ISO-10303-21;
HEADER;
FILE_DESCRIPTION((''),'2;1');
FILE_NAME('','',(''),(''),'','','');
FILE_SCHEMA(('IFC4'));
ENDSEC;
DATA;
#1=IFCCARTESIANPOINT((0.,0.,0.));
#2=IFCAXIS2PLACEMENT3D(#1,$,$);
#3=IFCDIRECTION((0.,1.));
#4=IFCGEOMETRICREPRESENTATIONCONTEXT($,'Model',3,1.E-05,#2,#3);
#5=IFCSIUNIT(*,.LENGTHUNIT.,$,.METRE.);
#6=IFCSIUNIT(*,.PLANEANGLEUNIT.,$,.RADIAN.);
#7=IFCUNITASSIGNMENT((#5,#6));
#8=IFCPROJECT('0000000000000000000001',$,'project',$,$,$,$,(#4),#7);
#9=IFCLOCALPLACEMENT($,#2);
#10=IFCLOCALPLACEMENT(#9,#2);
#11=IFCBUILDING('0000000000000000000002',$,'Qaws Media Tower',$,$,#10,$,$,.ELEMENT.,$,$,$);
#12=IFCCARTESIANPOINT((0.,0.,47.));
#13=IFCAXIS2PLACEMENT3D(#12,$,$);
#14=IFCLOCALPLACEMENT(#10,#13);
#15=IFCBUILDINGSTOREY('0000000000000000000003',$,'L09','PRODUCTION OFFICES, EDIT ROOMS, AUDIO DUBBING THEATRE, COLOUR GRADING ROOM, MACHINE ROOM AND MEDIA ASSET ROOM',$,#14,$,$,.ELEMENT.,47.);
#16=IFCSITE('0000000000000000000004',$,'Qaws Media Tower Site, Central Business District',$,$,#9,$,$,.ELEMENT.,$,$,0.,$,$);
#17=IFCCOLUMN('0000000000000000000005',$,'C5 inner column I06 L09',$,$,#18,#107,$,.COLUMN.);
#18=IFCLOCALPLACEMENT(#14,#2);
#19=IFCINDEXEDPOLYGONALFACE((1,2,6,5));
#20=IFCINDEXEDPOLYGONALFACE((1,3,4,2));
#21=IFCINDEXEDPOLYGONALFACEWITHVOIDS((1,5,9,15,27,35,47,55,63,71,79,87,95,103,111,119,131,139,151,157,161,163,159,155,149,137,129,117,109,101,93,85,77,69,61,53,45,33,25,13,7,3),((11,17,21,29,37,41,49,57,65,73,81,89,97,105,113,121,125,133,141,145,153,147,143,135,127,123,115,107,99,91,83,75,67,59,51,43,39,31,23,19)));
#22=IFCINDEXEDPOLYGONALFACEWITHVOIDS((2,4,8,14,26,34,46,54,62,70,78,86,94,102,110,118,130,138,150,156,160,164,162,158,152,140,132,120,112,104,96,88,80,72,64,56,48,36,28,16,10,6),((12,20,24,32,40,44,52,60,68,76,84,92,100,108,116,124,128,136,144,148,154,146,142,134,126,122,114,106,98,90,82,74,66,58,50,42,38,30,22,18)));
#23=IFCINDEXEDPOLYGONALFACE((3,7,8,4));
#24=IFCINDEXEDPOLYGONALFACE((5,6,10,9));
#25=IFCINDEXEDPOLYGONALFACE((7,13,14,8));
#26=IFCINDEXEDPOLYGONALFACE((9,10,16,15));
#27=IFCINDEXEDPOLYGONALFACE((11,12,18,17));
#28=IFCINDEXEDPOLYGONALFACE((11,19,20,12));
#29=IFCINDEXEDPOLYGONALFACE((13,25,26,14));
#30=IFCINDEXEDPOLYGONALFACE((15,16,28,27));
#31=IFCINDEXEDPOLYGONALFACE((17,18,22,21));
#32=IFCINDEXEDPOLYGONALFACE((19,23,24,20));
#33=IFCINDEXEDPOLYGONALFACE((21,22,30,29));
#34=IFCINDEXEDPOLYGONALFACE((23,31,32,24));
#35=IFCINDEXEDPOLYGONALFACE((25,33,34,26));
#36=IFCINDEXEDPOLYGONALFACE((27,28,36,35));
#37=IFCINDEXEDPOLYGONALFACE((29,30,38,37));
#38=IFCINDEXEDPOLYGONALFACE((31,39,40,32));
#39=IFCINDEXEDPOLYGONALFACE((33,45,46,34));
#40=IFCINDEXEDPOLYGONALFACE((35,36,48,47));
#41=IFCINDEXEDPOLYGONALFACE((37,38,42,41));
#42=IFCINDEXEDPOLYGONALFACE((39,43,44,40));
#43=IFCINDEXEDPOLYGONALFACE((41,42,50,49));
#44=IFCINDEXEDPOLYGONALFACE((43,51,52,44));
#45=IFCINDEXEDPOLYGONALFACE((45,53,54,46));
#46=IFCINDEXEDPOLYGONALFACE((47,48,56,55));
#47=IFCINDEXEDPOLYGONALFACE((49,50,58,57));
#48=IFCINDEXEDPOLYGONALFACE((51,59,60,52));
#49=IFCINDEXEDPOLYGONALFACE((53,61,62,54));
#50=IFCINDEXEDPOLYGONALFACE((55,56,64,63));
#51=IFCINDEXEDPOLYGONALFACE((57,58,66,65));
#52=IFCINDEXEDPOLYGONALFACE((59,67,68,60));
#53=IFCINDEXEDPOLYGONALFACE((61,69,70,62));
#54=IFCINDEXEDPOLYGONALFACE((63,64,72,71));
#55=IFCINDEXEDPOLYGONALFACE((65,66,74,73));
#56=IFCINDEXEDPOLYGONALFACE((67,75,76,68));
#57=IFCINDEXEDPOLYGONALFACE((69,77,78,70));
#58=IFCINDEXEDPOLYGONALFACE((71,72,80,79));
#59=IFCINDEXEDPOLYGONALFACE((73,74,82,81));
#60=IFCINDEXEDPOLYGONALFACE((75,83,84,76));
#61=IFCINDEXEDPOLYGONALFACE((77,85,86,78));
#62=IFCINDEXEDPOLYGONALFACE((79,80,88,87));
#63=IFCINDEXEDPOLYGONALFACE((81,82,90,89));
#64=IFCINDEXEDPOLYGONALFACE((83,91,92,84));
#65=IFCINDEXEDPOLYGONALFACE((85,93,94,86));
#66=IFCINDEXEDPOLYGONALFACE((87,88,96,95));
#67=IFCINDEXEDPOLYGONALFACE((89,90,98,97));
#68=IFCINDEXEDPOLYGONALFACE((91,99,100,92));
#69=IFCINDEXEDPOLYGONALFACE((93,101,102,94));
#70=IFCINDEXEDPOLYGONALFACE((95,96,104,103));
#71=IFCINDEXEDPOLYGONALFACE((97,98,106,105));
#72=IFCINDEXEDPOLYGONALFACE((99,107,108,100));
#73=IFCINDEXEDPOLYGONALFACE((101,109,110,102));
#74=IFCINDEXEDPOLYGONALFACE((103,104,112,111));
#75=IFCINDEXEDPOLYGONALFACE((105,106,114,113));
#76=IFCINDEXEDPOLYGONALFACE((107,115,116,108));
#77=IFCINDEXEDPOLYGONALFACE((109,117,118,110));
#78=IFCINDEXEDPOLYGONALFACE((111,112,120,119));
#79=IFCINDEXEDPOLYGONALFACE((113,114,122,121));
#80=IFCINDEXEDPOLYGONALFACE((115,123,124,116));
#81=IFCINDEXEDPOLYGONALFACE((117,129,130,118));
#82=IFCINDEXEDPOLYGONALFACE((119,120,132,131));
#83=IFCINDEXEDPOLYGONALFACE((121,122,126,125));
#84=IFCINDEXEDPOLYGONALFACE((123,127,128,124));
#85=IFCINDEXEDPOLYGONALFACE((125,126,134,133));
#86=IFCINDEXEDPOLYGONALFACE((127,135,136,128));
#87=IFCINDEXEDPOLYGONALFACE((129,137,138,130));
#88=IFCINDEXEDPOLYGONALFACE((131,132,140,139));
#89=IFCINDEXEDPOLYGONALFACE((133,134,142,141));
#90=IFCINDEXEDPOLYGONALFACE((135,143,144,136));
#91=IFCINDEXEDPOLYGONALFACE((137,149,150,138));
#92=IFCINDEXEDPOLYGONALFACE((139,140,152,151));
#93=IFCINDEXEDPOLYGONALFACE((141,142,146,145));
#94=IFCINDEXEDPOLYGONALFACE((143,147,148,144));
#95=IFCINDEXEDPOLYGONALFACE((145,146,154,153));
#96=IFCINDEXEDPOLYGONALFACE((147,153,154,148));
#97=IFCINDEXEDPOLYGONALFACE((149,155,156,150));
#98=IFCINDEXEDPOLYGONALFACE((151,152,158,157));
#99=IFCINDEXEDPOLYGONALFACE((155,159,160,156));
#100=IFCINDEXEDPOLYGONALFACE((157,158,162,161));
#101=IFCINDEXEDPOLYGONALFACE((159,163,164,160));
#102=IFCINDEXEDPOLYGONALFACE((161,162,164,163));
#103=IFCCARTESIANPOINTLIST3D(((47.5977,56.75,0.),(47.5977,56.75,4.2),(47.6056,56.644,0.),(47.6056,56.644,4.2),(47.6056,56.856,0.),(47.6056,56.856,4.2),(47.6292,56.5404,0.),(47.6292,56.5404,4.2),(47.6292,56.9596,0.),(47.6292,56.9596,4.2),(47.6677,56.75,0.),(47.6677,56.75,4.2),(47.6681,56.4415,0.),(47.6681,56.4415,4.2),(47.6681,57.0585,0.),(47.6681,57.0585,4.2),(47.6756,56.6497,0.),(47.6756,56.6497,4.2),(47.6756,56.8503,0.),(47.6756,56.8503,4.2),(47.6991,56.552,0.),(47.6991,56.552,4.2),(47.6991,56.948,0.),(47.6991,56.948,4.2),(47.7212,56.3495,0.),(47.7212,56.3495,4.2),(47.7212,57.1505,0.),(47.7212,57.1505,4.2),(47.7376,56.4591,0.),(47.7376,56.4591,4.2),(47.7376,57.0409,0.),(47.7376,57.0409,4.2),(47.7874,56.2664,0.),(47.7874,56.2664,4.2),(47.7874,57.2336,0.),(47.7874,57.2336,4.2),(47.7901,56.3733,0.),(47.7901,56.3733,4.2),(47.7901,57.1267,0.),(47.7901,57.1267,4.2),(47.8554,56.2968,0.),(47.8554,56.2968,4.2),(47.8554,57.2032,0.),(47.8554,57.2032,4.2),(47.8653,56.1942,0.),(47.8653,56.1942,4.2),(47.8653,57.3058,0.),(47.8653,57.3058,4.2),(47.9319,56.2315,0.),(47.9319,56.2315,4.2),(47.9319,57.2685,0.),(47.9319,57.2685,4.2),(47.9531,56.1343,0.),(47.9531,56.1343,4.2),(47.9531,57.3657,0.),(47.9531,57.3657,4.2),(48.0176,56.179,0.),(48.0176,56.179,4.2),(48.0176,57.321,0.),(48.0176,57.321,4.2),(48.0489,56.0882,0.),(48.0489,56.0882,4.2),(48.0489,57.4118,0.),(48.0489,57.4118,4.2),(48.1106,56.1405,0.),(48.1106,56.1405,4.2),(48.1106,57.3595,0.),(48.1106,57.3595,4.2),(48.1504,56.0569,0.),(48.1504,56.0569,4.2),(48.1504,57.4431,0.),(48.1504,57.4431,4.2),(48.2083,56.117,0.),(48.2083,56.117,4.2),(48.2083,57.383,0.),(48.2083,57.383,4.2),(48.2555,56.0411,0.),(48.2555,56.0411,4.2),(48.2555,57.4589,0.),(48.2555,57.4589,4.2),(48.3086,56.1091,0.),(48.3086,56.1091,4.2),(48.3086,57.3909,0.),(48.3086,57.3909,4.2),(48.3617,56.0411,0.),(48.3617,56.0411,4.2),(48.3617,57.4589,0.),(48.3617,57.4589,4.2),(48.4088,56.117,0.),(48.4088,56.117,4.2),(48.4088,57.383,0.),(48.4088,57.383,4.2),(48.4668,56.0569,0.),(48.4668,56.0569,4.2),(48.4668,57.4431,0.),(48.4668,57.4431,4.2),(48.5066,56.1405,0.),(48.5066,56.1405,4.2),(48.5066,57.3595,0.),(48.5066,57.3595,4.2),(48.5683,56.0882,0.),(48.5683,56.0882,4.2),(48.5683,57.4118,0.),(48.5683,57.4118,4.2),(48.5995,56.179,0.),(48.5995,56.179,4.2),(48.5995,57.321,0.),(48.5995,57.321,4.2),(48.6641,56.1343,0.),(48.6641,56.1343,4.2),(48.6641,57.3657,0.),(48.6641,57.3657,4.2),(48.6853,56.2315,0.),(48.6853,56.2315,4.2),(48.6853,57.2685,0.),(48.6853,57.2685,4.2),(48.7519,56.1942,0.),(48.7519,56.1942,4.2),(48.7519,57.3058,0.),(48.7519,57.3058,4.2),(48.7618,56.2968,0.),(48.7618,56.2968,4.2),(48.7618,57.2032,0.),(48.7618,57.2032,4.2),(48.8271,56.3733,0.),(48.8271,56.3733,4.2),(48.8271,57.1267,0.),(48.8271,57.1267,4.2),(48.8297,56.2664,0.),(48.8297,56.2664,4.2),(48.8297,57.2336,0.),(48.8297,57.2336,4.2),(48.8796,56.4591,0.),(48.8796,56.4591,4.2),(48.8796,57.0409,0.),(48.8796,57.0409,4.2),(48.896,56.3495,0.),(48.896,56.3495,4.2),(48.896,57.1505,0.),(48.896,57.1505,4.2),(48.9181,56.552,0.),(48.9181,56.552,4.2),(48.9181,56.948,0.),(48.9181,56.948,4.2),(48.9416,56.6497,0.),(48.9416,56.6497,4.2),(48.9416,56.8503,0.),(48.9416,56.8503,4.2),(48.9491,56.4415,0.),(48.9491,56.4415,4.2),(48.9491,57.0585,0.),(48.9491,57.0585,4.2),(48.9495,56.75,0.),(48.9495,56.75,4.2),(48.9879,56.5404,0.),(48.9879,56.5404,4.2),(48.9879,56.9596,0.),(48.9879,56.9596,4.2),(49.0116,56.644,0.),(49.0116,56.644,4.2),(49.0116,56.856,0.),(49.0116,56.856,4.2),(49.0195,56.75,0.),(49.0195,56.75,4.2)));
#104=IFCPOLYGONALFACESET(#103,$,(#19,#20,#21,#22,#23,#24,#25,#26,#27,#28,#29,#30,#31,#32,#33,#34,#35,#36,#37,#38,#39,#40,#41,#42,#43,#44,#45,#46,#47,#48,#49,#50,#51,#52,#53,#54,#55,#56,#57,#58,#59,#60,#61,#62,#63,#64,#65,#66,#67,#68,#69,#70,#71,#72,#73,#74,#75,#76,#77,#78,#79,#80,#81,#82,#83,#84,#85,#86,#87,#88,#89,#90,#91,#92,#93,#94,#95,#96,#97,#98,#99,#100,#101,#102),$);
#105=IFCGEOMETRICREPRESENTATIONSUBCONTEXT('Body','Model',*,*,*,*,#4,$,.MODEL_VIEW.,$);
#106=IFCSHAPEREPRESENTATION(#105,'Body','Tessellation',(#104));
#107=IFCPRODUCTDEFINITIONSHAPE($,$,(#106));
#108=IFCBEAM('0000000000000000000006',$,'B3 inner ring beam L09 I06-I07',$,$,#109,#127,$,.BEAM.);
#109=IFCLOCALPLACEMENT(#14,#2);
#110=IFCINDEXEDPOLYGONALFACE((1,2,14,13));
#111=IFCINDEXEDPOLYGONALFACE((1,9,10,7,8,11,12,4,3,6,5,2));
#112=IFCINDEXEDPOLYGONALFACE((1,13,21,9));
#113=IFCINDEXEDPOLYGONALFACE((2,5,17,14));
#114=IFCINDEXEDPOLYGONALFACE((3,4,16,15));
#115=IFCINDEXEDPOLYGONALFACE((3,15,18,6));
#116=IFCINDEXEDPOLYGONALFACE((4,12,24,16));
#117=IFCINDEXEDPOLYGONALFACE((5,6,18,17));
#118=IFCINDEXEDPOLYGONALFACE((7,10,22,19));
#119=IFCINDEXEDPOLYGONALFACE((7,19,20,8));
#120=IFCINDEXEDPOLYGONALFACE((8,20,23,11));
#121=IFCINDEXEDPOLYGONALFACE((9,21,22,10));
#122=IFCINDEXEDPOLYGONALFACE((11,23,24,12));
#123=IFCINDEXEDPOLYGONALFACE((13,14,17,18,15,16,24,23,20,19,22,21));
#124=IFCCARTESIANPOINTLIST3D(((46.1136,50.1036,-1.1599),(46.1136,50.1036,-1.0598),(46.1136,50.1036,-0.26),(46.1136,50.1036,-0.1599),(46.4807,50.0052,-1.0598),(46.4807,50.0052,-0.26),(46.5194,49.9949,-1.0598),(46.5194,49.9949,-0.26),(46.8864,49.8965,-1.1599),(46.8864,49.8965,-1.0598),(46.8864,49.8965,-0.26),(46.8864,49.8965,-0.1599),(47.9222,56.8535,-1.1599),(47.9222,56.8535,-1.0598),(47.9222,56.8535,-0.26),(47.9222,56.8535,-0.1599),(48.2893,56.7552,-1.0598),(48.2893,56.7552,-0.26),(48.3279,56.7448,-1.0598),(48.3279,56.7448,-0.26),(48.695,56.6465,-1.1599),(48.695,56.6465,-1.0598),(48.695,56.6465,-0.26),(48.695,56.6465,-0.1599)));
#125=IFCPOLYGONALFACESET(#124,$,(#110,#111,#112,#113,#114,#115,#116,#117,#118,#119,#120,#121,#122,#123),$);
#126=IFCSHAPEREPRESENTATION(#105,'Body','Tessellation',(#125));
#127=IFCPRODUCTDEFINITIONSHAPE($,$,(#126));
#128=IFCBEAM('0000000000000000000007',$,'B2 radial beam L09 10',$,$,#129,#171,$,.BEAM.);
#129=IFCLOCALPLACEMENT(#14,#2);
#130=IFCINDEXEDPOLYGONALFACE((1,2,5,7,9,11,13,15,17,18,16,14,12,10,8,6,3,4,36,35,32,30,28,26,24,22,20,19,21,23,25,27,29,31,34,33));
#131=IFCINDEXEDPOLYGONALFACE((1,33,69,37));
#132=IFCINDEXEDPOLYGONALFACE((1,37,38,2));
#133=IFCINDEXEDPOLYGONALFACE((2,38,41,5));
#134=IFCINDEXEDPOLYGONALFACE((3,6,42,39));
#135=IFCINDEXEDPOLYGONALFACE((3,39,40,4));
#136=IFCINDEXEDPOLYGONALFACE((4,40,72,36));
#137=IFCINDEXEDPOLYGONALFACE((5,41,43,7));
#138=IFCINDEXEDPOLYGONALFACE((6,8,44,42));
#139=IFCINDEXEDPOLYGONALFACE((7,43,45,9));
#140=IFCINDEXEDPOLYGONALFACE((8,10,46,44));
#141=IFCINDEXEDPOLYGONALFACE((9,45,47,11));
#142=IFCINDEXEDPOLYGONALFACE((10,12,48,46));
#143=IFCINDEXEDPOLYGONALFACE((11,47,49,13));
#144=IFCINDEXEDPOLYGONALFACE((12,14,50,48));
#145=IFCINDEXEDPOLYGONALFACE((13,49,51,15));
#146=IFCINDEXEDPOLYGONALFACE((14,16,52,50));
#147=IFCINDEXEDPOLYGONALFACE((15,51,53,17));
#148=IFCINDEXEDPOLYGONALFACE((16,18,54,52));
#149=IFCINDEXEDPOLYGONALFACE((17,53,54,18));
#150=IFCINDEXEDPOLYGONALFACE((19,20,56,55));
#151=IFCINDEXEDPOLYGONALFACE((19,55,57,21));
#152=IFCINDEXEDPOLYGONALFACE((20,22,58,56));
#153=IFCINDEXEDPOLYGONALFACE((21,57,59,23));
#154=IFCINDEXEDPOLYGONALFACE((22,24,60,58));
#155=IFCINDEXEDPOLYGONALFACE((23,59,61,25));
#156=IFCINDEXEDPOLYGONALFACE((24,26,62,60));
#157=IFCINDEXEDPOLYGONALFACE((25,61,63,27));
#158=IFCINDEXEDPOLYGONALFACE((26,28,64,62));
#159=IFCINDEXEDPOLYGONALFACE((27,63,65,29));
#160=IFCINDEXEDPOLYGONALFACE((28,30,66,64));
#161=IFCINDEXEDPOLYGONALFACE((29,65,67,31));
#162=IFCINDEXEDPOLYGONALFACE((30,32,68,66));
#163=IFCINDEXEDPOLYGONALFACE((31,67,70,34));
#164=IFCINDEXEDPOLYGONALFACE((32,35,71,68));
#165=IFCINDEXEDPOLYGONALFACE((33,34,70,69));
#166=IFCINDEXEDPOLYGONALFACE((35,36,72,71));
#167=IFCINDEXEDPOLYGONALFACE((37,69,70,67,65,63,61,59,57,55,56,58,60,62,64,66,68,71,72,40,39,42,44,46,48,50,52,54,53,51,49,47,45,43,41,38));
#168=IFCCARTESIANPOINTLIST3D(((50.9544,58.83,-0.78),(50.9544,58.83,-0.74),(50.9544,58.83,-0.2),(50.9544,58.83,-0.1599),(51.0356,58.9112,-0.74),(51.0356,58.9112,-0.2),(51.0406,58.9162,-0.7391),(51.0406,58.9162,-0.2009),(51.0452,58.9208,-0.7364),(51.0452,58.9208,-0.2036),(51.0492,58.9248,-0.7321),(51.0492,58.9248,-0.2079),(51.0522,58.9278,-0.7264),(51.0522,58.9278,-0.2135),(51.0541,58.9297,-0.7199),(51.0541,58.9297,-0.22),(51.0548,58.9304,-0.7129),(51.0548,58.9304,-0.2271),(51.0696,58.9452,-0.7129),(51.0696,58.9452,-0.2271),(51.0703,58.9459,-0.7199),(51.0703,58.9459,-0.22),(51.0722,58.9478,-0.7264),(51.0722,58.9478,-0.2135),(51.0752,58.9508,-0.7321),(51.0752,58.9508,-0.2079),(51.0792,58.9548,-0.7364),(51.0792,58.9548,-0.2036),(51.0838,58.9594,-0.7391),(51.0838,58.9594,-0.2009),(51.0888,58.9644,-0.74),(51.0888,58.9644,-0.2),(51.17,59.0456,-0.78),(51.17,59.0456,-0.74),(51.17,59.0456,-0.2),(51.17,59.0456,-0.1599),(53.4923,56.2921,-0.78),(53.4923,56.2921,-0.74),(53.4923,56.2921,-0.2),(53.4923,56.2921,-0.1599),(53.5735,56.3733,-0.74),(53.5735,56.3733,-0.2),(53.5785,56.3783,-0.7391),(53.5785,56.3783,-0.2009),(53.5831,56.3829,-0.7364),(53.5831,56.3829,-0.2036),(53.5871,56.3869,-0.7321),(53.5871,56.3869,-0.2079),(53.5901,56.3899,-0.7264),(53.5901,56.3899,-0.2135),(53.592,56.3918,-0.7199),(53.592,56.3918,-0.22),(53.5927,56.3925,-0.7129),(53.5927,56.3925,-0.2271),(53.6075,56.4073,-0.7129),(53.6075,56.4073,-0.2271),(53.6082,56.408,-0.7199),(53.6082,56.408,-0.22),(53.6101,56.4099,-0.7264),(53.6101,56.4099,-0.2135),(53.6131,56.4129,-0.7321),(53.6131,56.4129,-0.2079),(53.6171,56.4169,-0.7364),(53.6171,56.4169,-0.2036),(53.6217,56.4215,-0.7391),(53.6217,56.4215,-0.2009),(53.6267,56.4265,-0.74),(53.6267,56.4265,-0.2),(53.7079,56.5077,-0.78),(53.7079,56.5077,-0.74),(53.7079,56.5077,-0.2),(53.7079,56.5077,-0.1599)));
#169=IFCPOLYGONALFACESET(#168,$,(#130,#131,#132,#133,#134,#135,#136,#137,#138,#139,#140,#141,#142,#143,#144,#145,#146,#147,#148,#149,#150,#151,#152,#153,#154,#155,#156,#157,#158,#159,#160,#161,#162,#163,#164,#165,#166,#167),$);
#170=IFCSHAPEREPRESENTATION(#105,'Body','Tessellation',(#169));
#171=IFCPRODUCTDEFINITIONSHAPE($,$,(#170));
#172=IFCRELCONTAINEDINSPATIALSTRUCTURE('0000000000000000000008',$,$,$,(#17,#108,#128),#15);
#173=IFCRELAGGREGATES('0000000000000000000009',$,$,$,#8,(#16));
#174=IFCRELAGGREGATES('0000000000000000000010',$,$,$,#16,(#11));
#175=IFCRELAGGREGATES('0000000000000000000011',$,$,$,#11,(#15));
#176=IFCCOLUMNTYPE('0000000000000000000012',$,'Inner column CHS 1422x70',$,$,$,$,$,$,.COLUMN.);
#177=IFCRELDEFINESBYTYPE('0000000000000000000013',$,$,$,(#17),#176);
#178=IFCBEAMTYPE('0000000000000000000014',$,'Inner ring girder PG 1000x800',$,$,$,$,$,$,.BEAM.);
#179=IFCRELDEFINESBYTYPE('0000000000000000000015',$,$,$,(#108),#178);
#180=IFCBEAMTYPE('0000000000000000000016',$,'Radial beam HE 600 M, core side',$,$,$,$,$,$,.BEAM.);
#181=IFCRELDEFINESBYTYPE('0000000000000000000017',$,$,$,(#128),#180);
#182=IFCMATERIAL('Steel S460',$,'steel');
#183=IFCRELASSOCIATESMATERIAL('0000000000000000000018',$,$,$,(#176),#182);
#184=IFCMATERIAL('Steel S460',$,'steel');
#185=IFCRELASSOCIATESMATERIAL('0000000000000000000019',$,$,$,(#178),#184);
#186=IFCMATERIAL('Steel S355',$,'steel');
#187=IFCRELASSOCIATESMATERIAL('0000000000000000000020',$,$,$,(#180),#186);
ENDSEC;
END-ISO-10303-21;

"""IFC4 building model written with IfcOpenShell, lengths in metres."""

from ifc_helpers import new_model, si_unit, direction, frame, origin, origin_2d, place, context, subcontext, project, spatial, hollow_circle, i_section, extrude, material, material_profile, profile_set, type_object, element, save


model = new_model("IFC4")

# Units and contexts
model_context = context("Model", 3, precision=1e-05, world=origin(), true_north=direction((0.0, 1.0)))
body_context = subcontext(model_context, "Body", "Model", "MODEL_VIEW")
ifc_project = project(units=[si_unit("LENGTHUNIT", "METRE"), si_unit("PLANEANGLEUNIT", "RADIAN")], contexts=[model_context])

# Site, building, storey
site_placement = place(None, origin())
site = spatial("IfcSite", under=ifc_project, at=site_placement, Name="Qaws Media Tower Site, Central Business District", CompositionType="ELEMENT", RefElevation=0.0)
building_placement = place(site_placement, origin())
building = spatial("IfcBuilding", under=site, at=building_placement, Name="Qaws Media Tower", CompositionType="ELEMENT")
storey_placement = place(building_placement, frame((0.0, 0.0, 47.0)))
storey = spatial("IfcBuildingStorey", under=building, at=storey_placement, Name="L09", Description="PRODUCTION OFFICES, EDIT ROOMS, AUDIO DUBBING THEATRE, COLOUR GRADING ROOM, MACHINE ROOM AND MEDIA ASSET ROOM", CompositionType="ELEMENT", Elevation=47.0)

# Column
ifc_material_1 = material(Name="Steel S460", Category="steel")
ifc_material_profile_1 = material_profile(ifc_material_1, hollow_circle(Radius=0.7109, WallThickness=0.0701, at=origin_2d()), Name="CHS 1422x70")
ifc_profile_set_1 = profile_set([ifc_material_profile_1], Name="Steel S460")
column_type = type_object("IfcColumnType", Name="Inner column CHS 1422x70", PredefinedType="COLUMN", material=ifc_profile_set_1)
column_placement = place(storey_placement, frame((48.3086, 56.75, 0.0), z_axis=(0.0, 0.0, 1.0), x_axis=(1.0, 0.0, 0.0)))
element("IfcColumn", 1, at=column_placement, inside=storey, type_object=column_type, Name="C5 inner column I06 L09", PredefinedType="COLUMN", context=body_context, shape_type="SweptSolid", body=[
    extrude(hollow_circle(Radius=0.7109, WallThickness=0.0701, at=origin_2d()), origin(), (0.0, 0.0, 1.0), 4.2),
])

# Beams
ifc_material_2 = material(Name="Steel S460", Category="steel")
ifc_material_profile_2 = material_profile(ifc_material_2, i_section(OverallWidth=0.8, OverallDepth=1.0, WebThickness=0.04, FlangeThickness=0.1001, at=origin_2d()), Name="PG 1000x800")
ifc_profile_set_2 = profile_set([ifc_material_profile_2], Name="Steel S460")
beam_type_1 = type_object("IfcBeamType", Name="Inner ring girder PG 1000x800", PredefinedType="BEAM", material=ifc_profile_set_2)
beam_1_placement = place(storey_placement, frame((48.3086, 56.75, -0.6599), z_axis=(-0.258811, -0.965928, 0.0), x_axis=(0.965928, -0.258811, 0.0)))
element("IfcBeam", 2, at=beam_1_placement, inside=storey, type_object=beam_type_1, Name="B3 inner ring beam L09 I06-I07", PredefinedType="BEAM", context=body_context, shape_type="SweptSolid", body=[
    extrude(i_section(OverallWidth=0.8, OverallDepth=1.0, WebThickness=0.04, FlangeThickness=0.1001, at=origin_2d()), origin(), (0.0, 0.0, 1.0), 6.988),
])
ifc_material_3 = material(Name="Steel S355", Category="steel")
ifc_material_profile_3 = material_profile(ifc_material_3, i_section(OverallWidth=0.3049, OverallDepth=0.6201, WebThickness=0.021, FlangeThickness=0.04, FilletRadius=0.0271, at=origin_2d()), Name="HE 600 M")
ifc_profile_set_3 = profile_set([ifc_material_profile_3], Name="Steel S355")
beam_type_2 = type_object("IfcBeamType", Name="Radial beam HE 600 M, core side", PredefinedType="BEAM", material=ifc_profile_set_3)
beam_2_placement = place(storey_placement, frame((53.6001, 56.3999, -0.47), z_axis=(-0.707107, 0.707107, 0.0), x_axis=(-0.707107, -0.707107, 0.0)))
element("IfcBeam", 3, at=beam_2_placement, inside=storey, type_object=beam_type_2, Name="B2 radial beam L09 10", PredefinedType="BEAM", context=body_context, shape_type="SweptSolid", body=[
    extrude(i_section(OverallWidth=0.3049, OverallDepth=0.6201, WebThickness=0.021, FlangeThickness=0.04, FilletRadius=0.0271, at=origin_2d()), origin(), (0.0, 0.0, 1.0), 3.5891),
])

save(model, "model.ifc")
